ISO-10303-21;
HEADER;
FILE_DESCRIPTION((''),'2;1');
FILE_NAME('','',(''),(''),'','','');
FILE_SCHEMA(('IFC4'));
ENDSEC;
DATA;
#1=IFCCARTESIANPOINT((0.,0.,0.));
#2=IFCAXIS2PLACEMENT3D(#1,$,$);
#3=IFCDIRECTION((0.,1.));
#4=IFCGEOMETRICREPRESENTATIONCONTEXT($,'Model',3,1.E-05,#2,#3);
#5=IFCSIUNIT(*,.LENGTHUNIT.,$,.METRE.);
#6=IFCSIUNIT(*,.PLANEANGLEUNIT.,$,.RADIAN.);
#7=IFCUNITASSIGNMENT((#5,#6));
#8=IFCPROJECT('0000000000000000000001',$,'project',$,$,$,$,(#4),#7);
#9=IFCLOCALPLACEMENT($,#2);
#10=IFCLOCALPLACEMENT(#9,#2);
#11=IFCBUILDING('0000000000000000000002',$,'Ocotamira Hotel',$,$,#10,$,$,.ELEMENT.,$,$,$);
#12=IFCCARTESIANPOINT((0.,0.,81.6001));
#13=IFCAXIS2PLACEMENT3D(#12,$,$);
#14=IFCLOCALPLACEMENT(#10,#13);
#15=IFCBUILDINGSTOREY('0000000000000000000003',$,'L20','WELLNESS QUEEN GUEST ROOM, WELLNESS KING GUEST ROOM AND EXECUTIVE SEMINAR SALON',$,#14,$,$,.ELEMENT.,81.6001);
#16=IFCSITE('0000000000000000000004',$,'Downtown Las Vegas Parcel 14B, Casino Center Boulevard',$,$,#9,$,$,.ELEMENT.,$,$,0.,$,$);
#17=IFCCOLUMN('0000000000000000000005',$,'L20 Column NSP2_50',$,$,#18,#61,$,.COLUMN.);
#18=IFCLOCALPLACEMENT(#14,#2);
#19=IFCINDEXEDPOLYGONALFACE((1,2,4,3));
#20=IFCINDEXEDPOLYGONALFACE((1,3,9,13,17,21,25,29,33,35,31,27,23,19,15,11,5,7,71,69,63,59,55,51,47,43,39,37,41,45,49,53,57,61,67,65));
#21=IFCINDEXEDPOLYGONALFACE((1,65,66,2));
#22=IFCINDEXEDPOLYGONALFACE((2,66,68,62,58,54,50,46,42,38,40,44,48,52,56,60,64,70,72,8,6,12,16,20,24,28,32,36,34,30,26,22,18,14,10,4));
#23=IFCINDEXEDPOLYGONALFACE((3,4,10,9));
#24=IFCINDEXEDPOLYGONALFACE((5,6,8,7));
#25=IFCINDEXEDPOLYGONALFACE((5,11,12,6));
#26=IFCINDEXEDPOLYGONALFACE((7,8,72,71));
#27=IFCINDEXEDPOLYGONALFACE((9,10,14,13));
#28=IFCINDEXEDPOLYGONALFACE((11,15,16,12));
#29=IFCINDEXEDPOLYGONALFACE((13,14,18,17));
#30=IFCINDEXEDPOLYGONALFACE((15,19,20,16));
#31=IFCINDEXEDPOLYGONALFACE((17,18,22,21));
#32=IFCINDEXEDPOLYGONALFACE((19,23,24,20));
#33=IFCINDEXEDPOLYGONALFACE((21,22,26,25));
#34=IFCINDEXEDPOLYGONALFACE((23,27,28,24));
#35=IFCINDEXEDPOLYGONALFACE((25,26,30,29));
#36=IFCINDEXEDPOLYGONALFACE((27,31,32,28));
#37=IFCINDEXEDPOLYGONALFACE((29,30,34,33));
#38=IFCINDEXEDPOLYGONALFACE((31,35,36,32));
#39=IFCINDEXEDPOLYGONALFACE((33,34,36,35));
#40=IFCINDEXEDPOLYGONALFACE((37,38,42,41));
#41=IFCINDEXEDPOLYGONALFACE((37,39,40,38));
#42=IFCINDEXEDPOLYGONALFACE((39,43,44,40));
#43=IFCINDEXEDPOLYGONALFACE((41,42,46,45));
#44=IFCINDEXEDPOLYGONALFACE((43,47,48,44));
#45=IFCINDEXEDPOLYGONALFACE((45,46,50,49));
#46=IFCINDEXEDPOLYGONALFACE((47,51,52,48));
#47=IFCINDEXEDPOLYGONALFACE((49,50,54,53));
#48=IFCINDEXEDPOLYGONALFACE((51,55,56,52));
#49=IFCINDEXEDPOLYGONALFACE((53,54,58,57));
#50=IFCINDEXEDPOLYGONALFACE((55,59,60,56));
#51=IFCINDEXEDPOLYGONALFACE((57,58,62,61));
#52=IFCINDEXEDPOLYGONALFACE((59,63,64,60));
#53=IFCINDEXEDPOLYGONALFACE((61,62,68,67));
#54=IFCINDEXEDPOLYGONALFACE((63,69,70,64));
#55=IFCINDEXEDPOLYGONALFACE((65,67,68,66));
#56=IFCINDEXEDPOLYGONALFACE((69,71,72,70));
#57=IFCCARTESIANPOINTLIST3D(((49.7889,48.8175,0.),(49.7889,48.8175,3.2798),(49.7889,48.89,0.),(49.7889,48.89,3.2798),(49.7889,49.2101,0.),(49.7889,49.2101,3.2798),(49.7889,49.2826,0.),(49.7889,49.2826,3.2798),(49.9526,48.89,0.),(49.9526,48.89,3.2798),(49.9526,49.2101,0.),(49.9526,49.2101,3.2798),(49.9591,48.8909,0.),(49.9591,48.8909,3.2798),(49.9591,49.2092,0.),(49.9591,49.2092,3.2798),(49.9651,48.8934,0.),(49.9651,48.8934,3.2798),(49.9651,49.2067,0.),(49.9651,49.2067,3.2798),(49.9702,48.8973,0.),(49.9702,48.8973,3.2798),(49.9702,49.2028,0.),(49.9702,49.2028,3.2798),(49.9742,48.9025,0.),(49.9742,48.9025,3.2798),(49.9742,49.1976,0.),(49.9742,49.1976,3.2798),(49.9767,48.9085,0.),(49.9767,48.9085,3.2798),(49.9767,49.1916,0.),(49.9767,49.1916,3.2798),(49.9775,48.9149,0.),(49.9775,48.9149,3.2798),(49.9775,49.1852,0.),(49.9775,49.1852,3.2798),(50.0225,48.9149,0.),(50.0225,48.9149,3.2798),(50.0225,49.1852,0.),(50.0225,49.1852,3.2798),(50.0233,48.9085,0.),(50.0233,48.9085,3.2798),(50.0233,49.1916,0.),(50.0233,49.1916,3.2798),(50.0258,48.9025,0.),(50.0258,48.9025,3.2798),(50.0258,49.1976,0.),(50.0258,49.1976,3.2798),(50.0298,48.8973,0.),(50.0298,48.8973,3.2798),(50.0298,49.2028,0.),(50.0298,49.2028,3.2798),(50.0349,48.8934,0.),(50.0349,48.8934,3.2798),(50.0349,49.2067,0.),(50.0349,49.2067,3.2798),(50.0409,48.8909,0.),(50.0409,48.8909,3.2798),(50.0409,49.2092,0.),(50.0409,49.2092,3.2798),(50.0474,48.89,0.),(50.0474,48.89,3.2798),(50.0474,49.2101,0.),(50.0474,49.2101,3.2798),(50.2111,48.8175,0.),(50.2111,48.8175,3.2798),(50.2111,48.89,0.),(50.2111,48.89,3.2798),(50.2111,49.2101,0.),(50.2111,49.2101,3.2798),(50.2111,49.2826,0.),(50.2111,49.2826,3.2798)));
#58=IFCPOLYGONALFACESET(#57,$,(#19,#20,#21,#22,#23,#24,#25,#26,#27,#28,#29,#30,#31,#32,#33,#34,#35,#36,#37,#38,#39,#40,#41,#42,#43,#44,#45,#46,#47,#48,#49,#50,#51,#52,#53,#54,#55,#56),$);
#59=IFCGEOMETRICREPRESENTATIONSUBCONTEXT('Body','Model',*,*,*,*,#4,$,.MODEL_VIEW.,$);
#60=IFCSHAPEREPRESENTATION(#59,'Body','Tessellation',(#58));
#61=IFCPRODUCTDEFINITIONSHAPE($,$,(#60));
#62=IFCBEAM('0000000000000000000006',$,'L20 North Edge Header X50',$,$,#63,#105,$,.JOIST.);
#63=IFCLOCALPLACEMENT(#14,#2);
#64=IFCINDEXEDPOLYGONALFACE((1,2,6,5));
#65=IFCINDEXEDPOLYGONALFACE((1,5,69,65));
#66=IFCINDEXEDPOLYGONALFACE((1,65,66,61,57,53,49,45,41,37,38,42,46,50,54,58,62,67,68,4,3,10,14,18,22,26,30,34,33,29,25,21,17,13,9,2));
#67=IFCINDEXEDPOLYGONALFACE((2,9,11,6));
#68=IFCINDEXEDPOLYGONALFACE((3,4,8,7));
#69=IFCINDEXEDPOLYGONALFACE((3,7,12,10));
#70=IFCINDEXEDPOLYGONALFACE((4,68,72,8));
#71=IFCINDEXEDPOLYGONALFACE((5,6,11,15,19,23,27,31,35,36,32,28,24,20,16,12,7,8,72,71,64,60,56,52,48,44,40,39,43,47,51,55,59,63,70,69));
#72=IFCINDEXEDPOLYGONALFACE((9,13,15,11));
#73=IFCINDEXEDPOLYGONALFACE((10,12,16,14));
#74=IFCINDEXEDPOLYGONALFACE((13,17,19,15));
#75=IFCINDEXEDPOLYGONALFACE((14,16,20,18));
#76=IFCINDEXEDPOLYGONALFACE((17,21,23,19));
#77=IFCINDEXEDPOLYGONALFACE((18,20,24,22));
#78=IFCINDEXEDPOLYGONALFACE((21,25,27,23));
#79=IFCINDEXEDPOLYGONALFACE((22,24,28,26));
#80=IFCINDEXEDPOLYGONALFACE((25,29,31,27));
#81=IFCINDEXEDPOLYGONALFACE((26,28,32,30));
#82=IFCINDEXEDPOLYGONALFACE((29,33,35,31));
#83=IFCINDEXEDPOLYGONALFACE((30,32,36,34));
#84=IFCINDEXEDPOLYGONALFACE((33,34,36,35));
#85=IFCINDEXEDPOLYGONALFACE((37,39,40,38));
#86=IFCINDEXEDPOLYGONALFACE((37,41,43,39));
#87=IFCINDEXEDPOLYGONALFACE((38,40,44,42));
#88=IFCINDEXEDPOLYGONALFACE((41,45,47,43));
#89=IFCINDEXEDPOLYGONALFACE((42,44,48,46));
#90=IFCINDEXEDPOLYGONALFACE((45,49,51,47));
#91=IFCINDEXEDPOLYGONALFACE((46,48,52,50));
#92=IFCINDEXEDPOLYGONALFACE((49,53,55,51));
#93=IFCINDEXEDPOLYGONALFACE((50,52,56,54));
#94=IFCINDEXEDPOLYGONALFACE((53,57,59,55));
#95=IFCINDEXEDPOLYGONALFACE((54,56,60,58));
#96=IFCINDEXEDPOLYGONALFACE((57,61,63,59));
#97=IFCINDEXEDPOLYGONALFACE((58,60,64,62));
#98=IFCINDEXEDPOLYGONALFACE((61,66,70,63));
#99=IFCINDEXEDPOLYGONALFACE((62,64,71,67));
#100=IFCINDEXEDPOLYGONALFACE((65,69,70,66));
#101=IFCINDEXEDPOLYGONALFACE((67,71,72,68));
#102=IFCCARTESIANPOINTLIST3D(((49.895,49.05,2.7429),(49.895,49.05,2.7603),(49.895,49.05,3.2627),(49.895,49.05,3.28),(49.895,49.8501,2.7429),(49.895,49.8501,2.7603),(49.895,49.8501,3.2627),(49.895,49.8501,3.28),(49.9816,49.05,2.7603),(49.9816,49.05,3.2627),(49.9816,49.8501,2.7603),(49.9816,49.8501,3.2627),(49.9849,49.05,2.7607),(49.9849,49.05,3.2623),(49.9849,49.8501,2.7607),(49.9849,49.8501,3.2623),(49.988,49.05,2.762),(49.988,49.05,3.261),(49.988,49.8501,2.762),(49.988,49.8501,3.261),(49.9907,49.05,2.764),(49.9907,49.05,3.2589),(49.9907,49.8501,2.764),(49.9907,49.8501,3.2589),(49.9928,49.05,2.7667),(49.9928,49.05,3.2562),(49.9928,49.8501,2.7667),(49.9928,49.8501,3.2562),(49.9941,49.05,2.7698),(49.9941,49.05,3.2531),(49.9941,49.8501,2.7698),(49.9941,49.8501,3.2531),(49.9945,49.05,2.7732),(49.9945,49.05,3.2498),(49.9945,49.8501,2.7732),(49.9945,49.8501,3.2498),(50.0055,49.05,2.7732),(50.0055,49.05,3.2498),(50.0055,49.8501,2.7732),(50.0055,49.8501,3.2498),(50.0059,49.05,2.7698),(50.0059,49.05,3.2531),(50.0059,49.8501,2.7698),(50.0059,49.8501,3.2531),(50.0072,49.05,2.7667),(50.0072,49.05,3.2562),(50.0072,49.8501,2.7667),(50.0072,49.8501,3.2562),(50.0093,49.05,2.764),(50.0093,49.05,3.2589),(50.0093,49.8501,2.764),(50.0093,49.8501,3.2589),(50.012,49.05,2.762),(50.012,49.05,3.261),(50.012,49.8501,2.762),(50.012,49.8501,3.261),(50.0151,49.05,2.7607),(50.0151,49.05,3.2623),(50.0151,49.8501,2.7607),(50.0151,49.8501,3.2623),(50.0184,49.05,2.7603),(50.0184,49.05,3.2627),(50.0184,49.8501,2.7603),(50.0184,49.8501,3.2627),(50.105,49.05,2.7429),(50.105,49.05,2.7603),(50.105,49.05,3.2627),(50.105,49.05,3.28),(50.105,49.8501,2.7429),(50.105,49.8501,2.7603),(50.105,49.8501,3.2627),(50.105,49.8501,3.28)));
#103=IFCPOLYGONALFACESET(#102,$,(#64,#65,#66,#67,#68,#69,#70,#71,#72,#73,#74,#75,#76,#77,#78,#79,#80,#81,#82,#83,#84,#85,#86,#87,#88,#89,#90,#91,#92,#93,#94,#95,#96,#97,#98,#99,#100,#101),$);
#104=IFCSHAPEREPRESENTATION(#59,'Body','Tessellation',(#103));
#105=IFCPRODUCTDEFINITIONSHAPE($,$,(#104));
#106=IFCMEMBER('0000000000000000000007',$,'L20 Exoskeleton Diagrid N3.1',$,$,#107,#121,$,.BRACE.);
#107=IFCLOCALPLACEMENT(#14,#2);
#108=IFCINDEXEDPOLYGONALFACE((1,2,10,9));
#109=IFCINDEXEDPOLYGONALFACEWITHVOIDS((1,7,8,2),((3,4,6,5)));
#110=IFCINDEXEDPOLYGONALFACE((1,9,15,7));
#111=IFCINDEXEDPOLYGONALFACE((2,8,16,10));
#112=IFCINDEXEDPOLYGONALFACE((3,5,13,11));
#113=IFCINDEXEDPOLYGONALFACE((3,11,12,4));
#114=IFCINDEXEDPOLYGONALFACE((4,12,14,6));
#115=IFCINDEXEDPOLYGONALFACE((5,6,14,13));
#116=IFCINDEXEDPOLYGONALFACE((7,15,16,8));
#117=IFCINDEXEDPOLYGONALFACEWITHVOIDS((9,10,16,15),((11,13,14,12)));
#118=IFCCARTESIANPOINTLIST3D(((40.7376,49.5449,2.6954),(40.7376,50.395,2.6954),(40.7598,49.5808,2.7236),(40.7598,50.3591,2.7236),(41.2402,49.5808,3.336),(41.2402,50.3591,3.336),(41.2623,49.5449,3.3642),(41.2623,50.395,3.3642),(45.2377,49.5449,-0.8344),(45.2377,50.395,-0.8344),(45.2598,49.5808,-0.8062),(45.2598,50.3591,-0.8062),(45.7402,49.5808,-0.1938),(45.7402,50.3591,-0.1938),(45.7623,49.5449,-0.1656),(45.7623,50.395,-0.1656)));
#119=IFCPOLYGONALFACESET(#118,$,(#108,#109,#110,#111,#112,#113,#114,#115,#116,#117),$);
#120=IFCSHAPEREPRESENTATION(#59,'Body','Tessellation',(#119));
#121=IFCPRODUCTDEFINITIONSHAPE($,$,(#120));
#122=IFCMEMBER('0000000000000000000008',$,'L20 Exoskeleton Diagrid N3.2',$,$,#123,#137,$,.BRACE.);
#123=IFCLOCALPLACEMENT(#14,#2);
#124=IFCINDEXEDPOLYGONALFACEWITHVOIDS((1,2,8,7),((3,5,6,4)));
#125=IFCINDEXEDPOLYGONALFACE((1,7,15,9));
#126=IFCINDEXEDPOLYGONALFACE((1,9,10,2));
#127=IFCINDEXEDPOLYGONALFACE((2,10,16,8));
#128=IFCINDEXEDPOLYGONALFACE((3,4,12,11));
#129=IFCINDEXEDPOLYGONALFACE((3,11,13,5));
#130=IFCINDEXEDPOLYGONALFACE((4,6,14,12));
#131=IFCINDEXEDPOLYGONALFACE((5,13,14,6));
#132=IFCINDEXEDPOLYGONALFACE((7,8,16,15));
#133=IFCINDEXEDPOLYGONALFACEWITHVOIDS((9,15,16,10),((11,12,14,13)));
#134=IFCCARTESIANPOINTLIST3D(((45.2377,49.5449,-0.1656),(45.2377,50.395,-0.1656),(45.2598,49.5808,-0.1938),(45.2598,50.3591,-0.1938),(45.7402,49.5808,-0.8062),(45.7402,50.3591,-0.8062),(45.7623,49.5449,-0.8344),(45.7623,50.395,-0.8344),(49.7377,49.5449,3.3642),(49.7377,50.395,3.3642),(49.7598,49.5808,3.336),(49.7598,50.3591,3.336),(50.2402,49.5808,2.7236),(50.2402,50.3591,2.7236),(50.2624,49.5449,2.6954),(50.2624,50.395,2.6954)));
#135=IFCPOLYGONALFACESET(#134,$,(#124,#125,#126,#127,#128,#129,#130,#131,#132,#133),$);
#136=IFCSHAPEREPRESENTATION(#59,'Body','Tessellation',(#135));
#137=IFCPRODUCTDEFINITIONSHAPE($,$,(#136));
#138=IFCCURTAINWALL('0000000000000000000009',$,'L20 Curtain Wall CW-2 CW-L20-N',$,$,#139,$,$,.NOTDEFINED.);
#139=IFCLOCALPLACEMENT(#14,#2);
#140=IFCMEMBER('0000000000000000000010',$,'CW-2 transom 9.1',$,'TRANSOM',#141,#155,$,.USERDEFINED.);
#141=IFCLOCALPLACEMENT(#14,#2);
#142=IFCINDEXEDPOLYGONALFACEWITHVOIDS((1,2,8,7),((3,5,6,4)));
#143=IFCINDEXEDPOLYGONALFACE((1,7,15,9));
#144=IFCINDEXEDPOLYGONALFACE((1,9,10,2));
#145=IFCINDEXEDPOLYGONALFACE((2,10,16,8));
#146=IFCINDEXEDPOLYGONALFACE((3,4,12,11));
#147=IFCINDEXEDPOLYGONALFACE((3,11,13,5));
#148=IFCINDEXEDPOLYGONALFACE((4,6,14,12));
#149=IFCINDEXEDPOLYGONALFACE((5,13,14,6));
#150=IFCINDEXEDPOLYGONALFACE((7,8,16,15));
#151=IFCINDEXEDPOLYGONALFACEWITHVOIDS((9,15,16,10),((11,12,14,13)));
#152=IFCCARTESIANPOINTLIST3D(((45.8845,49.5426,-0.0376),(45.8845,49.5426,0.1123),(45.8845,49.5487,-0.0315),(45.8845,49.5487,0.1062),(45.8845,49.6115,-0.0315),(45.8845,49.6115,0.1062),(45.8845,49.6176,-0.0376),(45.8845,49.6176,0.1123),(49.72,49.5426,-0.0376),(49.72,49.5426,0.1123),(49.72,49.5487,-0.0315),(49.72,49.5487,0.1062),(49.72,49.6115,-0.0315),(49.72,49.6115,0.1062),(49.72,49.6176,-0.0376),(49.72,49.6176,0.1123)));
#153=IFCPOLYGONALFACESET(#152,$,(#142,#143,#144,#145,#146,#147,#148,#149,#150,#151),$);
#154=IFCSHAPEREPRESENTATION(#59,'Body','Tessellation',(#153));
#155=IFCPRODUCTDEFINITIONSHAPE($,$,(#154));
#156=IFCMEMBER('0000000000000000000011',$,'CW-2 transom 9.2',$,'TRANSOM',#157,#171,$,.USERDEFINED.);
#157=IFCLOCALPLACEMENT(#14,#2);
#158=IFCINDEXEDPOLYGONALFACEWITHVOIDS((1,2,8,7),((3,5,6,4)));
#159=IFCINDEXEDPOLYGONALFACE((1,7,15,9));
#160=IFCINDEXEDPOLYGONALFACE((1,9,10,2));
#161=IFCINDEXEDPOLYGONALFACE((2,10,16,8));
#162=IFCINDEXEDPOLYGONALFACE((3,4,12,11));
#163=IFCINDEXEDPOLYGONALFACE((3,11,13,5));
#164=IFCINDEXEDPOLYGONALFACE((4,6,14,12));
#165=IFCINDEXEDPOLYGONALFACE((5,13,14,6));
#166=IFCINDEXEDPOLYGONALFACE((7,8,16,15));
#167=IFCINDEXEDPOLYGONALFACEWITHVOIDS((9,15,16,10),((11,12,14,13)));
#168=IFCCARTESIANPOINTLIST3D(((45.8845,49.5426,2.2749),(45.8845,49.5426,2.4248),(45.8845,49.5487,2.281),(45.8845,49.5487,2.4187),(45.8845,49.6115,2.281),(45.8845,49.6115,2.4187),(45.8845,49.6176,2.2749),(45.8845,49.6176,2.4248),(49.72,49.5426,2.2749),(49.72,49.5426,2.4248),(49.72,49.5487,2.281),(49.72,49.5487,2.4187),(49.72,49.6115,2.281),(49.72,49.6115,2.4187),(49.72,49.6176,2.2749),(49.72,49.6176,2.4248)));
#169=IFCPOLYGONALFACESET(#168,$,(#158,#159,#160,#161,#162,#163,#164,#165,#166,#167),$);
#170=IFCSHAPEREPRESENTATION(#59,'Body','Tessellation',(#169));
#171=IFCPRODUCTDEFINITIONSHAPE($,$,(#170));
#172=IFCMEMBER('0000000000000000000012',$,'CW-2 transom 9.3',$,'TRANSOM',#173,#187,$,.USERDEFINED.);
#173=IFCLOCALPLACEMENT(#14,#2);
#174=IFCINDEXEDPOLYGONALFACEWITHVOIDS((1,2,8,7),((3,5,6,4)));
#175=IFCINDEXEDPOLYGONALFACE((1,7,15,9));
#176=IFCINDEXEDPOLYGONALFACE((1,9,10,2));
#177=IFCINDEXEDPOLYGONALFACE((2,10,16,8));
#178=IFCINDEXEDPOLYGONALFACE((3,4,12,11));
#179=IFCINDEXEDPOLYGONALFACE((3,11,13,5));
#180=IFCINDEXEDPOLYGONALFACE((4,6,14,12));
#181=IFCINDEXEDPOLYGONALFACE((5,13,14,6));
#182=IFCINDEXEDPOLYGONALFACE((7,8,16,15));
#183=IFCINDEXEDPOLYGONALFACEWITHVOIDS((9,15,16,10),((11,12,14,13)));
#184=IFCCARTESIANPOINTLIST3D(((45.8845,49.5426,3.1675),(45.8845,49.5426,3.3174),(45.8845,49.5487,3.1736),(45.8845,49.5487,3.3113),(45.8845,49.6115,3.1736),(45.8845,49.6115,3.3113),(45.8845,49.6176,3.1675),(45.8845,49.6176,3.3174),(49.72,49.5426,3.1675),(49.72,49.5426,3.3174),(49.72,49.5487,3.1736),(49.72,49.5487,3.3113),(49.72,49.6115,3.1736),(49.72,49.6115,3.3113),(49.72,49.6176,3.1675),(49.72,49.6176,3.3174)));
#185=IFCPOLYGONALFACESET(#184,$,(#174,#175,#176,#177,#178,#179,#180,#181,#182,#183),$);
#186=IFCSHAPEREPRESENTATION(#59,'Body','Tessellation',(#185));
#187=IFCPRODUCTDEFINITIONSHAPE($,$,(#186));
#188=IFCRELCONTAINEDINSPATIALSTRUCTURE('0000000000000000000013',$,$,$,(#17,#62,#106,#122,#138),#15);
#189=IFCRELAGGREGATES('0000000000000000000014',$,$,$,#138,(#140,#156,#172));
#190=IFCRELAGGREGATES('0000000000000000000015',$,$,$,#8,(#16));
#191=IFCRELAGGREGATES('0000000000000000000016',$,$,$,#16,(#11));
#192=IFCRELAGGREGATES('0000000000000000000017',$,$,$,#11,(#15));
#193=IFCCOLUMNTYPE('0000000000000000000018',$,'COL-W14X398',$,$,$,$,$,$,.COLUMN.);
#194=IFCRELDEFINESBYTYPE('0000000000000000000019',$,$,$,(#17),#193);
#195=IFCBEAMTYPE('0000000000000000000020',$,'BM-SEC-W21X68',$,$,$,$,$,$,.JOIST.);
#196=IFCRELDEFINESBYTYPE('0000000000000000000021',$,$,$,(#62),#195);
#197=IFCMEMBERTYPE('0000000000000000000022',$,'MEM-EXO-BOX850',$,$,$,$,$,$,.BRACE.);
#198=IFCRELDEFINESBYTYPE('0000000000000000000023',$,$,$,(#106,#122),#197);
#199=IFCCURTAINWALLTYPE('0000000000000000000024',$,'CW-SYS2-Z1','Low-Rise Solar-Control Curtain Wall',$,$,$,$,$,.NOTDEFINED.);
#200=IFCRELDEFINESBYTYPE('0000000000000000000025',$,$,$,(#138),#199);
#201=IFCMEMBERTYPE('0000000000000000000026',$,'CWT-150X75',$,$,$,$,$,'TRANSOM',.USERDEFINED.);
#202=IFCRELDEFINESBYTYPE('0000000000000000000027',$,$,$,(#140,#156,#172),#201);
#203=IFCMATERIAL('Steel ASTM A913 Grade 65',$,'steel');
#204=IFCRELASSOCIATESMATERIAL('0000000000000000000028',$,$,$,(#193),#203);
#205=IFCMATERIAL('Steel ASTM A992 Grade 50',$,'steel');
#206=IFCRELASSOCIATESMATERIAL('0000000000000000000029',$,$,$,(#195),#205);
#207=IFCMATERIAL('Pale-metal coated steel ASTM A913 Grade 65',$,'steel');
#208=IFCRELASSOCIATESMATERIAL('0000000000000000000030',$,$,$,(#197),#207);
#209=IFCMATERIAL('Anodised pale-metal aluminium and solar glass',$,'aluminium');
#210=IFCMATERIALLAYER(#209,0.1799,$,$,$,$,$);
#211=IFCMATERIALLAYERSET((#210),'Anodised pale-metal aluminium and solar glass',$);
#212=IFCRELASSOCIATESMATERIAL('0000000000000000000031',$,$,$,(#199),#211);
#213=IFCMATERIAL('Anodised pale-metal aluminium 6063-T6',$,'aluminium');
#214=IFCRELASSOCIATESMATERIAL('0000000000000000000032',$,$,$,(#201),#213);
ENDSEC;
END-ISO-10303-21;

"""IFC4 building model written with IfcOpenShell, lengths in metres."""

from ifc_helpers import new_model, si_unit, direction, frame, origin, origin_2d, place, context, subcontext, project, spatial, hollow_rectangle, i_section, extrude, source, transform, mapped, material, layer, layer_set, material_profile, profile_set, type_object, element, aggregate, save


model = new_model("IFC4")

# Units and contexts
model_context = context("Model", 3, precision=1e-05, world=origin(), true_north=direction((0.0, 1.0)))
body_context = subcontext(model_context, "Body", "Model", "MODEL_VIEW")
ifc_project = project(units=[si_unit("LENGTHUNIT", "METRE"), si_unit("PLANEANGLEUNIT", "RADIAN")], contexts=[model_context])

# Site, building, storey
site_placement = place(None, origin())
site = spatial("IfcSite", under=ifc_project, at=site_placement, Name="Downtown Las Vegas Parcel 14B, Casino Center Boulevard", CompositionType="ELEMENT", RefElevation=0.0)
building_placement = place(site_placement, origin())
building = spatial("IfcBuilding", under=site, at=building_placement, Name="Ocotamira Hotel", CompositionType="ELEMENT")
storey_placement = place(building_placement, frame((0.0, 0.0, 81.6001)))
storey = spatial("IfcBuildingStorey", under=building, at=storey_placement, Name="L20", Description="WELLNESS QUEEN GUEST ROOM, WELLNESS KING GUEST ROOM AND EXECUTIVE SEMINAR SALON", CompositionType="ELEMENT", Elevation=81.6001)

# Column
ifc_material_1 = material(Name="Steel ASTM A913 Grade 65", Category="steel")
ifc_material_profile_1 = material_profile(ifc_material_1, i_section(OverallWidth=0.4221, OverallDepth=0.4651, WebThickness=0.0449, FlangeThickness=0.0725, FilletRadius=0.0249, at=origin_2d()), Name="W14X398")
ifc_profile_set_1 = profile_set([ifc_material_profile_1], Name="Steel ASTM A913 Grade 65")
column_type = type_object("IfcColumnType", Name="COL-W14X398", PredefinedType="COLUMN", material=ifc_profile_set_1)
shared_shape_1 = source(origin(), body_context, "Body", "SweptSolid", [
    extrude(i_section(OverallWidth=0.4221, OverallDepth=0.4651, WebThickness=0.0449, FlangeThickness=0.0725, FilletRadius=0.0249, at=origin_2d()), origin(), (0.0, 0.0, 1.0), 3.2798),
])
column_placement = place(storey_placement, frame((50.0, 49.05, 0.0), z_axis=(0.0, 0.0, 1.0), x_axis=(1.0, 0.0, 0.0)))
element("IfcColumn", 1, at=column_placement, inside=storey, type_object=column_type, Name="L20 Column NSP2_50", PredefinedType="COLUMN", context=body_context, shape_type="MappedRepresentation", body=[
    mapped(shared_shape_1, transform((0.0, 0.0, 0.0), scale=1.0)),
])

# Beam
ifc_material_2 = material(Name="Steel ASTM A992 Grade 50", Category="steel")
ifc_material_profile_2 = material_profile(ifc_material_2, i_section(OverallWidth=0.21, OverallDepth=0.5371, WebThickness=0.011, FlangeThickness=0.0173, FilletRadius=0.0129, at=origin_2d()), Name="W21X68")
ifc_profile_set_2 = profile_set([ifc_material_profile_2], Name="Steel ASTM A992 Grade 50")
beam_type = type_object("IfcBeamType", Name="BM-SEC-W21X68", PredefinedType="JOIST", material=ifc_profile_set_2)
shared_shape_2 = source(origin(), body_context, "Body", "SweptSolid", [
    extrude(i_section(OverallWidth=0.21, OverallDepth=0.5371, WebThickness=0.011, FlangeThickness=0.0173, FilletRadius=0.0129, at=origin_2d()), origin(), (0.0, 0.0, 1.0), 0.8),
])
beam_placement = place(storey_placement, frame((50.0, 49.05, 3.0115), z_axis=(0.0, 1.0, 0.0), x_axis=(-1.0, 0.0, 0.0)))
element("IfcBeam", 2, at=beam_placement, inside=storey, type_object=beam_type, Name="L20 North Edge Header X50", PredefinedType="JOIST", context=body_context, shape_type="MappedRepresentation", body=[
    mapped(shared_shape_2, transform((0.0, 0.0, 0.0), scale=1.0)),
])

# Members
ifc_material_3 = material(Name="Pale-metal coated steel ASTM A913 Grade 65", Category="steel")
ifc_material_profile_3 = material_profile(ifc_material_3, hollow_rectangle(XDim=0.8501, YDim=0.8501, WallThickness=0.0359, at=origin_2d()), Name="BOX850X850X36")
ifc_profile_set_3 = profile_set([ifc_material_profile_3], Name="Pale-metal coated steel ASTM A913 Grade 65")
member_type_1 = type_object("IfcMemberType", Name="MEM-EXO-BOX850", PredefinedType="BRACE", material=ifc_profile_set_3)
shared_shape_3 = source(origin(), body_context, "Body", "SweptSolid", [
    extrude(hollow_rectangle(XDim=0.8501, YDim=0.8501, WallThickness=0.0359, at=origin_2d()), origin(), (0.0, 0.0, 1.0), 5.7192),
])
for number, where, z_axis, x_axis, name in (
    (3, (45.5, 49.97, -0.5), (-0.786822, 0.0, 0.61718), (0.0, -1.0, 0.0), "L20 Exoskeleton Diagrid N3.1"),
    (4, (45.5, 49.97, -0.5), (0.786822, 0.0, 0.61718), (0.0, 1.0, 0.0), "L20 Exoskeleton Diagrid N3.2"),
):
    element("IfcMember", number, at=place(storey_placement, frame(where, z_axis=z_axis, x_axis=x_axis)), inside=storey, type_object=member_type_1, Name=name, PredefinedType="BRACE", context=body_context, shape_type="MappedRepresentation", body=[
        mapped(shared_shape_3, transform((0.0, 0.0, 0.0), scale=1.0)),
    ])

# Curtain wall, members
ifc_material_4 = material(Name="Anodised pale-metal aluminium and solar glass", Category="aluminium")
ifc_layer_1 = layer(ifc_material_4, 0.1799)
ifc_layer_set_1 = layer_set([ifc_layer_1], Name="Anodised pale-metal aluminium and solar glass")
curtain_wall_type = type_object("IfcCurtainWallType", Name="CW-SYS2-Z1", Description="Low-Rise Solar-Control Curtain Wall", PredefinedType="NOTDEFINED", material=ifc_layer_set_1)
curtain_wall_1_placement = place(storey_placement, origin())
curtain_wall_1 = element("IfcCurtainWall", 5, at=curtain_wall_1_placement, inside=storey, type_object=curtain_wall_type, Name="L20 Curtain Wall CW-2 CW-L20-N", PredefinedType="NOTDEFINED")
ifc_material_5 = material(Name="Anodised pale-metal aluminium 6063-T6", Category="aluminium")
ifc_material_profile_4 = material_profile(ifc_material_5, hollow_rectangle(XDim=0.075, YDim=0.1499, WallThickness=0.0061, at=origin_2d()), Name="HSS150X75X6")
ifc_profile_set_4 = profile_set([ifc_material_profile_4], Name="Anodised pale-metal aluminium 6063-T6")
member_type_2 = type_object("IfcMemberType", Name="CWT-150X75", ElementType="TRANSOM", PredefinedType="USERDEFINED", material=ifc_profile_set_4)
shared_shape_4 = source(origin(), body_context, "Body", "SweptSolid", [
    extrude(hollow_rectangle(XDim=0.075, YDim=0.1499, WallThickness=0.0061, at=origin_2d()), origin(), (0.0, 0.0, 1.0), 3.8354),
])
member_1_placement = place(storey_placement, frame((45.8845, 49.5801, 0.0374), z_axis=(1.0, 0.0, 0.0), x_axis=(0.0, 1.0, 0.0)))
member_1 = element("IfcMember", 6, at=member_1_placement, type_object=member_type_2, Name="CW-2 transom 9.1", ObjectType="TRANSOM", PredefinedType="USERDEFINED", context=body_context, shape_type="MappedRepresentation", body=[
    mapped(shared_shape_4, transform((0.0, 0.0, 0.0), scale=1.0)),
])
member_2_placement = place(storey_placement, frame((45.8845, 49.5801, 2.3499), z_axis=(1.0, 0.0, 0.0), x_axis=(0.0, 1.0, 0.0)))
member_2 = element("IfcMember", 7, at=member_2_placement, type_object=member_type_2, Name="CW-2 transom 9.2", ObjectType="TRANSOM", PredefinedType="USERDEFINED", context=body_context, shape_type="MappedRepresentation", body=[
    mapped(shared_shape_4, transform((0.0, 0.0, 0.0), scale=1.0)),
])
member_3_placement = place(storey_placement, frame((45.8845, 49.5801, 3.2424), z_axis=(1.0, 0.0, 0.0), x_axis=(0.0, 1.0, 0.0)))
member_3 = element("IfcMember", 8, at=member_3_placement, type_object=member_type_2, Name="CW-2 transom 9.3", ObjectType="TRANSOM", PredefinedType="USERDEFINED", context=body_context, shape_type="MappedRepresentation", body=[
    mapped(shared_shape_4, transform((0.0, 0.0, 0.0), scale=1.0)),
])

aggregate(curtain_wall_1, [member_1, member_2, member_3])

save(model, "model.ifc")
